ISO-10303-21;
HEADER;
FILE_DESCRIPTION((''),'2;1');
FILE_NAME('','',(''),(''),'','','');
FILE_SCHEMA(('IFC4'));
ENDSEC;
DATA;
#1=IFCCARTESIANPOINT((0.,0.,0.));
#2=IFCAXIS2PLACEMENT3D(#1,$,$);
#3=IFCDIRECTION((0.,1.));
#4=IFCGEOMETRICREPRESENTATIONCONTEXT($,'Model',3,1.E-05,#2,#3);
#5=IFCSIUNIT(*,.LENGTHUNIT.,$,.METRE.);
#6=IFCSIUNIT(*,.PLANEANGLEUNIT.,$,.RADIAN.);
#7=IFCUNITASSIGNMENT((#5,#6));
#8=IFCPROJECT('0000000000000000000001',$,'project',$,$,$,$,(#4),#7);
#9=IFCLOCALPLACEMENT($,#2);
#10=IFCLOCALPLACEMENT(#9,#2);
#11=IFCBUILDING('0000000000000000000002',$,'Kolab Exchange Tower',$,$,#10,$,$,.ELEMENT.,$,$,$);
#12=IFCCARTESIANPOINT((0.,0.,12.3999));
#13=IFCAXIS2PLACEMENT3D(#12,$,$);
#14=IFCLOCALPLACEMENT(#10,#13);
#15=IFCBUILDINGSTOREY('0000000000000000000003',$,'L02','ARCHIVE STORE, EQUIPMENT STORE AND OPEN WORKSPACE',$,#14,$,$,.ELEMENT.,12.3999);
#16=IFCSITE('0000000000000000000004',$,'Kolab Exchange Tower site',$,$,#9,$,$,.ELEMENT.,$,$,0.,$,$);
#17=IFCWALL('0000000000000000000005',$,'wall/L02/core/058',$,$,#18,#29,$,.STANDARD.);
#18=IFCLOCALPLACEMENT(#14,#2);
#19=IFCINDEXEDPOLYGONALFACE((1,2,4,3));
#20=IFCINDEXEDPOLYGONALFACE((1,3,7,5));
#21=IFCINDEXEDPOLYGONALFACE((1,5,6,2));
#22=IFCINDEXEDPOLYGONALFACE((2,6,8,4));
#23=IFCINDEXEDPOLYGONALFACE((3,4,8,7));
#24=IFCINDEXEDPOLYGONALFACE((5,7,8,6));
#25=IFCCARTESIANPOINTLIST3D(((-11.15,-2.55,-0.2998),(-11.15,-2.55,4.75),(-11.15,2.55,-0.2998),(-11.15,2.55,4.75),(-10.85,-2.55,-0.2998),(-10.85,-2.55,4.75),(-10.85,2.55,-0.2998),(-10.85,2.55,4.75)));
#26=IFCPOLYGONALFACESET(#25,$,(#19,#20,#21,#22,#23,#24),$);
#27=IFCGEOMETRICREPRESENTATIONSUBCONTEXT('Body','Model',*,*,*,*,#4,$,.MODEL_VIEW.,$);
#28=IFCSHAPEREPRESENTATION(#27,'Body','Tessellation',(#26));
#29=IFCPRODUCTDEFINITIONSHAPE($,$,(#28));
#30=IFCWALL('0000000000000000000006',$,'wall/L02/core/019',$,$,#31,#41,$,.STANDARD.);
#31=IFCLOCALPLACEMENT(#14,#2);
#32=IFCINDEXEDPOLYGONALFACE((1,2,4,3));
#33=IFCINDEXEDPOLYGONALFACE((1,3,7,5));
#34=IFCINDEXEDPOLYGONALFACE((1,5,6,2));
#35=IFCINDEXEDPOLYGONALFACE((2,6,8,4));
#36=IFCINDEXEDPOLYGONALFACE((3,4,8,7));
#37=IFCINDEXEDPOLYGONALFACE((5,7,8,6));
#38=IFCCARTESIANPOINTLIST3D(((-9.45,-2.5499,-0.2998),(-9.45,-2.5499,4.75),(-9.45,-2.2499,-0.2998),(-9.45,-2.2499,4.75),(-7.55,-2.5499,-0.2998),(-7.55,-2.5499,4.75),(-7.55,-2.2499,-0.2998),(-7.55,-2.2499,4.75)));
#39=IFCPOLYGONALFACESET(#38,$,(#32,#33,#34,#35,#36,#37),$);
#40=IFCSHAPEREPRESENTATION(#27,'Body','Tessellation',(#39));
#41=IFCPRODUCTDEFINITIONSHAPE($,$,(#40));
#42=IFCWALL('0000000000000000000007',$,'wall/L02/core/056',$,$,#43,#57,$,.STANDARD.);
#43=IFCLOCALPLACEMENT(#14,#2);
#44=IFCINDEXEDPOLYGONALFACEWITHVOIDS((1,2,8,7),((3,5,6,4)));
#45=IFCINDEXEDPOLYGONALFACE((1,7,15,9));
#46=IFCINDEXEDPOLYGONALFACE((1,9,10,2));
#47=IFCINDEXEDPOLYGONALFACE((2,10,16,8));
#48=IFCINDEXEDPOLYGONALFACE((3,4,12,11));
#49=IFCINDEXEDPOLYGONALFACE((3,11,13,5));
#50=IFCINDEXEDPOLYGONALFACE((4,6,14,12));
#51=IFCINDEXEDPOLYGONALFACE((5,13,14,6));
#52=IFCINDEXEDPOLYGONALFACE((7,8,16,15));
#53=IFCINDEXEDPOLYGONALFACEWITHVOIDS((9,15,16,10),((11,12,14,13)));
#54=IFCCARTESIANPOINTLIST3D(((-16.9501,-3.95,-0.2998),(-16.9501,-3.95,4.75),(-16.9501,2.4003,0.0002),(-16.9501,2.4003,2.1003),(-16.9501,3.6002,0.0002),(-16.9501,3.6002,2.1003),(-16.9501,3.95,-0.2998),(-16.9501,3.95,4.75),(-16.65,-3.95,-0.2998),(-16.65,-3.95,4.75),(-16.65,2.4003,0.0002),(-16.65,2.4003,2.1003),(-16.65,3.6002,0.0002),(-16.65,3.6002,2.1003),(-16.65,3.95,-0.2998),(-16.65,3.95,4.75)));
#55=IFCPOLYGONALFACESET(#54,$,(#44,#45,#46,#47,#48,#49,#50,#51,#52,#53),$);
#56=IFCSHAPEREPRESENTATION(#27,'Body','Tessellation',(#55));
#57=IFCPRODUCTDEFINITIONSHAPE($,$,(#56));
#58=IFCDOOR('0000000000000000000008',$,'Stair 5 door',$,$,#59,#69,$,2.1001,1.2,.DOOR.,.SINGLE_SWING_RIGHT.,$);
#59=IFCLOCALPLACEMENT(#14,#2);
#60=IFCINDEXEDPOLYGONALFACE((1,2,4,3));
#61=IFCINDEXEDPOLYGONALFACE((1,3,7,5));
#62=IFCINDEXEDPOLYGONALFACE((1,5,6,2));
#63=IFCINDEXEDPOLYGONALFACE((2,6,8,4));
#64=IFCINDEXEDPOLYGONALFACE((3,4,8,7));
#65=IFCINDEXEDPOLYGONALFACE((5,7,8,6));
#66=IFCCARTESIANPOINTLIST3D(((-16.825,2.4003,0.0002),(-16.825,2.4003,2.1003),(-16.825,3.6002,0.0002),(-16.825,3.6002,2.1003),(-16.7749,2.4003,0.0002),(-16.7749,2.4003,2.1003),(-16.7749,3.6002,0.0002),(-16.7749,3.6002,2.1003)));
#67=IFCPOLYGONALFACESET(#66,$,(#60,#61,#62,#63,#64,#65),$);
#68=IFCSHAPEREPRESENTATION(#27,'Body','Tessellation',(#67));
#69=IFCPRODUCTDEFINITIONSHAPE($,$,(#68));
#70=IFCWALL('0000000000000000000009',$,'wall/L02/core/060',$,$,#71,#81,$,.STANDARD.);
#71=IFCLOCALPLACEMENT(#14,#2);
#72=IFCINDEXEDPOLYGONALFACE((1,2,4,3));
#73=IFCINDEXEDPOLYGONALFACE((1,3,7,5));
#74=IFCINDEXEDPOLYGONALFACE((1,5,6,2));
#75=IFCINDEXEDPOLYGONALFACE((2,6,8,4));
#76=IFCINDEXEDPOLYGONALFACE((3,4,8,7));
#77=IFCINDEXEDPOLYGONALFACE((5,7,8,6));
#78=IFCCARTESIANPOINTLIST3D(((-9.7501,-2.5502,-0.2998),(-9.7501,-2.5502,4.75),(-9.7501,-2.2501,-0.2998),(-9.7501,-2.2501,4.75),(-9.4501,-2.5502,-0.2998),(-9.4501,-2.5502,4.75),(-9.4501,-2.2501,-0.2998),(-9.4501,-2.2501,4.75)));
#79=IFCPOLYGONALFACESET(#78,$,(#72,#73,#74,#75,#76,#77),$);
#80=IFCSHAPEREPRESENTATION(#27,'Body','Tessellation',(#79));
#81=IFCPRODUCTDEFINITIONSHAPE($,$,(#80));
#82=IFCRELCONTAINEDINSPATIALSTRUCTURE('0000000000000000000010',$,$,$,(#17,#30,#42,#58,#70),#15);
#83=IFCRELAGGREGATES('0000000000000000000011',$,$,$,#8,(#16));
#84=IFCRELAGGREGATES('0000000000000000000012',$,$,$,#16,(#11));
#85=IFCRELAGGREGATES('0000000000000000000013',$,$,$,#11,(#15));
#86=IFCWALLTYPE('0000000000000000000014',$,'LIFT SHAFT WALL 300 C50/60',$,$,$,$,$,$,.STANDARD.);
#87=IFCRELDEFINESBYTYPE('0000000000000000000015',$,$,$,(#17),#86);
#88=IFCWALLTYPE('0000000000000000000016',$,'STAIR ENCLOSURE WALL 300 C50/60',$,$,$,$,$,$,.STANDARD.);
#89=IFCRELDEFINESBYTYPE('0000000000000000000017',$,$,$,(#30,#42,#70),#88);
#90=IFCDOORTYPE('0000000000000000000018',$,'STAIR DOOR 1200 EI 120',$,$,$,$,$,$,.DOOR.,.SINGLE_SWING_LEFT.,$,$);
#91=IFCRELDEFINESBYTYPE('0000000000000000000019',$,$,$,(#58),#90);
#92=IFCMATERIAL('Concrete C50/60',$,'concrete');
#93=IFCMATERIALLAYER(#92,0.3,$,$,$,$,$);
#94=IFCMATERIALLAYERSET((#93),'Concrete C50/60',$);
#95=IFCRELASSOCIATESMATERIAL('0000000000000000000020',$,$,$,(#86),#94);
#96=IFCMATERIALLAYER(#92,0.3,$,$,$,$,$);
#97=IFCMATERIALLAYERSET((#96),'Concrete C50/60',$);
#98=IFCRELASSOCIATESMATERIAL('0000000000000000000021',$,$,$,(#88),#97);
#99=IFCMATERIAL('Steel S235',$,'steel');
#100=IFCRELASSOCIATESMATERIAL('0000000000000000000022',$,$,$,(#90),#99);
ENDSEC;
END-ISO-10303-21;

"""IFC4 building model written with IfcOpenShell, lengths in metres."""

from ifc_helpers import new_model, si_unit, direction, frame, frame_2d, origin, place, context, subcontext, project, spatial, rectangle, extrude, material, layer, layer_set, type_object, element, fill, save


model = new_model("IFC4")

# Units and contexts
model_context = context("Model", 3, precision=1e-05, world=origin(), true_north=direction((0.0, 1.0)))
body_context = subcontext(model_context, "Body", "Model", "MODEL_VIEW")
ifc_project = project(units=[si_unit("LENGTHUNIT", "METRE"), si_unit("PLANEANGLEUNIT", "RADIAN")], contexts=[model_context])

# Site, building, storey
site_placement = place(None, origin())
site = spatial("IfcSite", under=ifc_project, at=site_placement, Name="Kolab Exchange Tower site", CompositionType="ELEMENT", RefElevation=0.0)
building_placement = place(site_placement, origin())
building = spatial("IfcBuilding", under=site, at=building_placement, Name="Kolab Exchange Tower", CompositionType="ELEMENT")
storey_placement = place(building_placement, frame((0.0, 0.0, 12.3999)))
storey = spatial("IfcBuildingStorey", under=building, at=storey_placement, Name="L02", Description="ARCHIVE STORE, EQUIPMENT STORE AND OPEN WORKSPACE", CompositionType="ELEMENT", Elevation=12.3999)

# Shared definitions
ifc_material_1 = material(Name="Steel S235", Category="steel")

# Walls
ifc_material_2 = material(Name="Concrete C50/60", Category="concrete")
ifc_layer_1 = layer(ifc_material_2, 0.3)
ifc_layer_set_1 = layer_set([ifc_layer_1], Name="Concrete C50/60")
wall_type_1 = type_object("IfcWallType", Name="LIFT SHAFT WALL 300 C50/60", PredefinedType="STANDARD", material=ifc_layer_set_1)
wall_1_placement = place(storey_placement, frame((-11.0, -2.55, -0.2998), z_axis=(0.0, 0.0, 1.0), x_axis=(0.0, 1.0, 0.0)))
element("IfcWall", 1, at=wall_1_placement, inside=storey, type_object=wall_type_1, Name="wall/L02/core/058", PredefinedType="STANDARD", context=body_context, shape_type="SweptSolid", body=[
    extrude(rectangle(XDim=5.1001, YDim=0.3, at=frame_2d((2.55, 0.0))), origin(), (0.0, 0.0, 1.0), 5.0498),
])
ifc_layer_2 = layer(ifc_material_2, 0.3)
ifc_layer_set_2 = layer_set([ifc_layer_2], Name="Concrete C50/60")
wall_type_2 = type_object("IfcWallType", Name="STAIR ENCLOSURE WALL 300 C50/60", PredefinedType="STANDARD", material=ifc_layer_set_2)
wall_2_placement = place(storey_placement, frame((-9.45, -2.3999, -0.2998), z_axis=(0.0, 0.0, 1.0), x_axis=(1.0, 0.0, 0.0)))
element("IfcWall", 2, at=wall_2_placement, inside=storey, type_object=wall_type_2, Name="wall/L02/core/019", PredefinedType="STANDARD", context=body_context, shape_type="SweptSolid", body=[
    extrude(rectangle(XDim=1.8999, YDim=0.3, at=frame_2d((0.95, 0.0))), origin(), (0.0, 0.0, 1.0), 5.0498),
])

# Wall, opening, door
wall_3_placement = place(storey_placement, frame((-16.8, -3.95, -0.2998), z_axis=(0.0, 0.0, 1.0), x_axis=(0.0, 1.0, 0.0)))
wall_3 = element("IfcWall", 3, at=wall_3_placement, inside=storey, type_object=wall_type_2, Name="wall/L02/core/056", PredefinedType="STANDARD", context=body_context, shape_type="SweptSolid", body=[
    extrude(rectangle(XDim=7.8999, YDim=0.3, at=frame_2d((3.95, 0.0))), origin(), (0.0, 0.0, 1.0), 5.0498),
])
opening_1_placement = place(wall_3_placement, frame((6.3501, 0.0, 0.3)))
opening_1 = element("IfcOpeningElement", 4, at=opening_1_placement, cuts=wall_3, PredefinedType="OPENING", context=body_context, shape_type="SweptSolid", body=[
    extrude(rectangle(XDim=1.2, YDim=2.1001, at=frame_2d((0.6001, 1.05))), frame((0.0, 0.1602, 0.0), z_axis=(0.0, -1.0, 0.0), x_axis=(1.0, 0.0, 0.0)), (0.0, 0.0, 1.0), 0.3201),
])
door_type_1 = type_object("IfcDoorType", Name="STAIR DOOR 1200 EI 120", OperationType="SINGLE_SWING_LEFT", PredefinedType="DOOR", material=ifc_material_1)
door_1_placement = place(opening_1_placement, origin())
door_1 = element("IfcDoor", 5, at=door_1_placement, inside=storey, type_object=door_type_1, Name="Stair 5 door", OperationType="SINGLE_SWING_RIGHT", OverallHeight=2.1001, OverallWidth=1.2, PredefinedType="DOOR", context=body_context, shape_type="SweptSolid", body=[
    extrude(rectangle(XDim=1.2, YDim=2.1001, at=frame_2d((0.6001, 1.05))), frame((0.0, 0.0249, 0.0), z_axis=(0.0, -1.0, 0.0), x_axis=(1.0, 0.0, 0.0)), (0.0, 0.0, 1.0), 0.05),
])
fill(opening_1, door_1)

# Wall
wall_4_placement = place(storey_placement, frame((-9.6001, -2.55, -0.2998), z_axis=(0.0, 0.0, 1.0), x_axis=(0.0, 1.0, 0.0)))
element("IfcWall", 6, at=wall_4_placement, inside=storey, type_object=wall_type_2, Name="wall/L02/core/060", PredefinedType="STANDARD", context=body_context, shape_type="SweptSolid", body=[
    extrude(rectangle(XDim=0.3, YDim=0.3, at=frame_2d((0.1499, 0.0))), origin(), (0.0, 0.0, 1.0), 5.0498),
])

save(model, "model.ifc")
